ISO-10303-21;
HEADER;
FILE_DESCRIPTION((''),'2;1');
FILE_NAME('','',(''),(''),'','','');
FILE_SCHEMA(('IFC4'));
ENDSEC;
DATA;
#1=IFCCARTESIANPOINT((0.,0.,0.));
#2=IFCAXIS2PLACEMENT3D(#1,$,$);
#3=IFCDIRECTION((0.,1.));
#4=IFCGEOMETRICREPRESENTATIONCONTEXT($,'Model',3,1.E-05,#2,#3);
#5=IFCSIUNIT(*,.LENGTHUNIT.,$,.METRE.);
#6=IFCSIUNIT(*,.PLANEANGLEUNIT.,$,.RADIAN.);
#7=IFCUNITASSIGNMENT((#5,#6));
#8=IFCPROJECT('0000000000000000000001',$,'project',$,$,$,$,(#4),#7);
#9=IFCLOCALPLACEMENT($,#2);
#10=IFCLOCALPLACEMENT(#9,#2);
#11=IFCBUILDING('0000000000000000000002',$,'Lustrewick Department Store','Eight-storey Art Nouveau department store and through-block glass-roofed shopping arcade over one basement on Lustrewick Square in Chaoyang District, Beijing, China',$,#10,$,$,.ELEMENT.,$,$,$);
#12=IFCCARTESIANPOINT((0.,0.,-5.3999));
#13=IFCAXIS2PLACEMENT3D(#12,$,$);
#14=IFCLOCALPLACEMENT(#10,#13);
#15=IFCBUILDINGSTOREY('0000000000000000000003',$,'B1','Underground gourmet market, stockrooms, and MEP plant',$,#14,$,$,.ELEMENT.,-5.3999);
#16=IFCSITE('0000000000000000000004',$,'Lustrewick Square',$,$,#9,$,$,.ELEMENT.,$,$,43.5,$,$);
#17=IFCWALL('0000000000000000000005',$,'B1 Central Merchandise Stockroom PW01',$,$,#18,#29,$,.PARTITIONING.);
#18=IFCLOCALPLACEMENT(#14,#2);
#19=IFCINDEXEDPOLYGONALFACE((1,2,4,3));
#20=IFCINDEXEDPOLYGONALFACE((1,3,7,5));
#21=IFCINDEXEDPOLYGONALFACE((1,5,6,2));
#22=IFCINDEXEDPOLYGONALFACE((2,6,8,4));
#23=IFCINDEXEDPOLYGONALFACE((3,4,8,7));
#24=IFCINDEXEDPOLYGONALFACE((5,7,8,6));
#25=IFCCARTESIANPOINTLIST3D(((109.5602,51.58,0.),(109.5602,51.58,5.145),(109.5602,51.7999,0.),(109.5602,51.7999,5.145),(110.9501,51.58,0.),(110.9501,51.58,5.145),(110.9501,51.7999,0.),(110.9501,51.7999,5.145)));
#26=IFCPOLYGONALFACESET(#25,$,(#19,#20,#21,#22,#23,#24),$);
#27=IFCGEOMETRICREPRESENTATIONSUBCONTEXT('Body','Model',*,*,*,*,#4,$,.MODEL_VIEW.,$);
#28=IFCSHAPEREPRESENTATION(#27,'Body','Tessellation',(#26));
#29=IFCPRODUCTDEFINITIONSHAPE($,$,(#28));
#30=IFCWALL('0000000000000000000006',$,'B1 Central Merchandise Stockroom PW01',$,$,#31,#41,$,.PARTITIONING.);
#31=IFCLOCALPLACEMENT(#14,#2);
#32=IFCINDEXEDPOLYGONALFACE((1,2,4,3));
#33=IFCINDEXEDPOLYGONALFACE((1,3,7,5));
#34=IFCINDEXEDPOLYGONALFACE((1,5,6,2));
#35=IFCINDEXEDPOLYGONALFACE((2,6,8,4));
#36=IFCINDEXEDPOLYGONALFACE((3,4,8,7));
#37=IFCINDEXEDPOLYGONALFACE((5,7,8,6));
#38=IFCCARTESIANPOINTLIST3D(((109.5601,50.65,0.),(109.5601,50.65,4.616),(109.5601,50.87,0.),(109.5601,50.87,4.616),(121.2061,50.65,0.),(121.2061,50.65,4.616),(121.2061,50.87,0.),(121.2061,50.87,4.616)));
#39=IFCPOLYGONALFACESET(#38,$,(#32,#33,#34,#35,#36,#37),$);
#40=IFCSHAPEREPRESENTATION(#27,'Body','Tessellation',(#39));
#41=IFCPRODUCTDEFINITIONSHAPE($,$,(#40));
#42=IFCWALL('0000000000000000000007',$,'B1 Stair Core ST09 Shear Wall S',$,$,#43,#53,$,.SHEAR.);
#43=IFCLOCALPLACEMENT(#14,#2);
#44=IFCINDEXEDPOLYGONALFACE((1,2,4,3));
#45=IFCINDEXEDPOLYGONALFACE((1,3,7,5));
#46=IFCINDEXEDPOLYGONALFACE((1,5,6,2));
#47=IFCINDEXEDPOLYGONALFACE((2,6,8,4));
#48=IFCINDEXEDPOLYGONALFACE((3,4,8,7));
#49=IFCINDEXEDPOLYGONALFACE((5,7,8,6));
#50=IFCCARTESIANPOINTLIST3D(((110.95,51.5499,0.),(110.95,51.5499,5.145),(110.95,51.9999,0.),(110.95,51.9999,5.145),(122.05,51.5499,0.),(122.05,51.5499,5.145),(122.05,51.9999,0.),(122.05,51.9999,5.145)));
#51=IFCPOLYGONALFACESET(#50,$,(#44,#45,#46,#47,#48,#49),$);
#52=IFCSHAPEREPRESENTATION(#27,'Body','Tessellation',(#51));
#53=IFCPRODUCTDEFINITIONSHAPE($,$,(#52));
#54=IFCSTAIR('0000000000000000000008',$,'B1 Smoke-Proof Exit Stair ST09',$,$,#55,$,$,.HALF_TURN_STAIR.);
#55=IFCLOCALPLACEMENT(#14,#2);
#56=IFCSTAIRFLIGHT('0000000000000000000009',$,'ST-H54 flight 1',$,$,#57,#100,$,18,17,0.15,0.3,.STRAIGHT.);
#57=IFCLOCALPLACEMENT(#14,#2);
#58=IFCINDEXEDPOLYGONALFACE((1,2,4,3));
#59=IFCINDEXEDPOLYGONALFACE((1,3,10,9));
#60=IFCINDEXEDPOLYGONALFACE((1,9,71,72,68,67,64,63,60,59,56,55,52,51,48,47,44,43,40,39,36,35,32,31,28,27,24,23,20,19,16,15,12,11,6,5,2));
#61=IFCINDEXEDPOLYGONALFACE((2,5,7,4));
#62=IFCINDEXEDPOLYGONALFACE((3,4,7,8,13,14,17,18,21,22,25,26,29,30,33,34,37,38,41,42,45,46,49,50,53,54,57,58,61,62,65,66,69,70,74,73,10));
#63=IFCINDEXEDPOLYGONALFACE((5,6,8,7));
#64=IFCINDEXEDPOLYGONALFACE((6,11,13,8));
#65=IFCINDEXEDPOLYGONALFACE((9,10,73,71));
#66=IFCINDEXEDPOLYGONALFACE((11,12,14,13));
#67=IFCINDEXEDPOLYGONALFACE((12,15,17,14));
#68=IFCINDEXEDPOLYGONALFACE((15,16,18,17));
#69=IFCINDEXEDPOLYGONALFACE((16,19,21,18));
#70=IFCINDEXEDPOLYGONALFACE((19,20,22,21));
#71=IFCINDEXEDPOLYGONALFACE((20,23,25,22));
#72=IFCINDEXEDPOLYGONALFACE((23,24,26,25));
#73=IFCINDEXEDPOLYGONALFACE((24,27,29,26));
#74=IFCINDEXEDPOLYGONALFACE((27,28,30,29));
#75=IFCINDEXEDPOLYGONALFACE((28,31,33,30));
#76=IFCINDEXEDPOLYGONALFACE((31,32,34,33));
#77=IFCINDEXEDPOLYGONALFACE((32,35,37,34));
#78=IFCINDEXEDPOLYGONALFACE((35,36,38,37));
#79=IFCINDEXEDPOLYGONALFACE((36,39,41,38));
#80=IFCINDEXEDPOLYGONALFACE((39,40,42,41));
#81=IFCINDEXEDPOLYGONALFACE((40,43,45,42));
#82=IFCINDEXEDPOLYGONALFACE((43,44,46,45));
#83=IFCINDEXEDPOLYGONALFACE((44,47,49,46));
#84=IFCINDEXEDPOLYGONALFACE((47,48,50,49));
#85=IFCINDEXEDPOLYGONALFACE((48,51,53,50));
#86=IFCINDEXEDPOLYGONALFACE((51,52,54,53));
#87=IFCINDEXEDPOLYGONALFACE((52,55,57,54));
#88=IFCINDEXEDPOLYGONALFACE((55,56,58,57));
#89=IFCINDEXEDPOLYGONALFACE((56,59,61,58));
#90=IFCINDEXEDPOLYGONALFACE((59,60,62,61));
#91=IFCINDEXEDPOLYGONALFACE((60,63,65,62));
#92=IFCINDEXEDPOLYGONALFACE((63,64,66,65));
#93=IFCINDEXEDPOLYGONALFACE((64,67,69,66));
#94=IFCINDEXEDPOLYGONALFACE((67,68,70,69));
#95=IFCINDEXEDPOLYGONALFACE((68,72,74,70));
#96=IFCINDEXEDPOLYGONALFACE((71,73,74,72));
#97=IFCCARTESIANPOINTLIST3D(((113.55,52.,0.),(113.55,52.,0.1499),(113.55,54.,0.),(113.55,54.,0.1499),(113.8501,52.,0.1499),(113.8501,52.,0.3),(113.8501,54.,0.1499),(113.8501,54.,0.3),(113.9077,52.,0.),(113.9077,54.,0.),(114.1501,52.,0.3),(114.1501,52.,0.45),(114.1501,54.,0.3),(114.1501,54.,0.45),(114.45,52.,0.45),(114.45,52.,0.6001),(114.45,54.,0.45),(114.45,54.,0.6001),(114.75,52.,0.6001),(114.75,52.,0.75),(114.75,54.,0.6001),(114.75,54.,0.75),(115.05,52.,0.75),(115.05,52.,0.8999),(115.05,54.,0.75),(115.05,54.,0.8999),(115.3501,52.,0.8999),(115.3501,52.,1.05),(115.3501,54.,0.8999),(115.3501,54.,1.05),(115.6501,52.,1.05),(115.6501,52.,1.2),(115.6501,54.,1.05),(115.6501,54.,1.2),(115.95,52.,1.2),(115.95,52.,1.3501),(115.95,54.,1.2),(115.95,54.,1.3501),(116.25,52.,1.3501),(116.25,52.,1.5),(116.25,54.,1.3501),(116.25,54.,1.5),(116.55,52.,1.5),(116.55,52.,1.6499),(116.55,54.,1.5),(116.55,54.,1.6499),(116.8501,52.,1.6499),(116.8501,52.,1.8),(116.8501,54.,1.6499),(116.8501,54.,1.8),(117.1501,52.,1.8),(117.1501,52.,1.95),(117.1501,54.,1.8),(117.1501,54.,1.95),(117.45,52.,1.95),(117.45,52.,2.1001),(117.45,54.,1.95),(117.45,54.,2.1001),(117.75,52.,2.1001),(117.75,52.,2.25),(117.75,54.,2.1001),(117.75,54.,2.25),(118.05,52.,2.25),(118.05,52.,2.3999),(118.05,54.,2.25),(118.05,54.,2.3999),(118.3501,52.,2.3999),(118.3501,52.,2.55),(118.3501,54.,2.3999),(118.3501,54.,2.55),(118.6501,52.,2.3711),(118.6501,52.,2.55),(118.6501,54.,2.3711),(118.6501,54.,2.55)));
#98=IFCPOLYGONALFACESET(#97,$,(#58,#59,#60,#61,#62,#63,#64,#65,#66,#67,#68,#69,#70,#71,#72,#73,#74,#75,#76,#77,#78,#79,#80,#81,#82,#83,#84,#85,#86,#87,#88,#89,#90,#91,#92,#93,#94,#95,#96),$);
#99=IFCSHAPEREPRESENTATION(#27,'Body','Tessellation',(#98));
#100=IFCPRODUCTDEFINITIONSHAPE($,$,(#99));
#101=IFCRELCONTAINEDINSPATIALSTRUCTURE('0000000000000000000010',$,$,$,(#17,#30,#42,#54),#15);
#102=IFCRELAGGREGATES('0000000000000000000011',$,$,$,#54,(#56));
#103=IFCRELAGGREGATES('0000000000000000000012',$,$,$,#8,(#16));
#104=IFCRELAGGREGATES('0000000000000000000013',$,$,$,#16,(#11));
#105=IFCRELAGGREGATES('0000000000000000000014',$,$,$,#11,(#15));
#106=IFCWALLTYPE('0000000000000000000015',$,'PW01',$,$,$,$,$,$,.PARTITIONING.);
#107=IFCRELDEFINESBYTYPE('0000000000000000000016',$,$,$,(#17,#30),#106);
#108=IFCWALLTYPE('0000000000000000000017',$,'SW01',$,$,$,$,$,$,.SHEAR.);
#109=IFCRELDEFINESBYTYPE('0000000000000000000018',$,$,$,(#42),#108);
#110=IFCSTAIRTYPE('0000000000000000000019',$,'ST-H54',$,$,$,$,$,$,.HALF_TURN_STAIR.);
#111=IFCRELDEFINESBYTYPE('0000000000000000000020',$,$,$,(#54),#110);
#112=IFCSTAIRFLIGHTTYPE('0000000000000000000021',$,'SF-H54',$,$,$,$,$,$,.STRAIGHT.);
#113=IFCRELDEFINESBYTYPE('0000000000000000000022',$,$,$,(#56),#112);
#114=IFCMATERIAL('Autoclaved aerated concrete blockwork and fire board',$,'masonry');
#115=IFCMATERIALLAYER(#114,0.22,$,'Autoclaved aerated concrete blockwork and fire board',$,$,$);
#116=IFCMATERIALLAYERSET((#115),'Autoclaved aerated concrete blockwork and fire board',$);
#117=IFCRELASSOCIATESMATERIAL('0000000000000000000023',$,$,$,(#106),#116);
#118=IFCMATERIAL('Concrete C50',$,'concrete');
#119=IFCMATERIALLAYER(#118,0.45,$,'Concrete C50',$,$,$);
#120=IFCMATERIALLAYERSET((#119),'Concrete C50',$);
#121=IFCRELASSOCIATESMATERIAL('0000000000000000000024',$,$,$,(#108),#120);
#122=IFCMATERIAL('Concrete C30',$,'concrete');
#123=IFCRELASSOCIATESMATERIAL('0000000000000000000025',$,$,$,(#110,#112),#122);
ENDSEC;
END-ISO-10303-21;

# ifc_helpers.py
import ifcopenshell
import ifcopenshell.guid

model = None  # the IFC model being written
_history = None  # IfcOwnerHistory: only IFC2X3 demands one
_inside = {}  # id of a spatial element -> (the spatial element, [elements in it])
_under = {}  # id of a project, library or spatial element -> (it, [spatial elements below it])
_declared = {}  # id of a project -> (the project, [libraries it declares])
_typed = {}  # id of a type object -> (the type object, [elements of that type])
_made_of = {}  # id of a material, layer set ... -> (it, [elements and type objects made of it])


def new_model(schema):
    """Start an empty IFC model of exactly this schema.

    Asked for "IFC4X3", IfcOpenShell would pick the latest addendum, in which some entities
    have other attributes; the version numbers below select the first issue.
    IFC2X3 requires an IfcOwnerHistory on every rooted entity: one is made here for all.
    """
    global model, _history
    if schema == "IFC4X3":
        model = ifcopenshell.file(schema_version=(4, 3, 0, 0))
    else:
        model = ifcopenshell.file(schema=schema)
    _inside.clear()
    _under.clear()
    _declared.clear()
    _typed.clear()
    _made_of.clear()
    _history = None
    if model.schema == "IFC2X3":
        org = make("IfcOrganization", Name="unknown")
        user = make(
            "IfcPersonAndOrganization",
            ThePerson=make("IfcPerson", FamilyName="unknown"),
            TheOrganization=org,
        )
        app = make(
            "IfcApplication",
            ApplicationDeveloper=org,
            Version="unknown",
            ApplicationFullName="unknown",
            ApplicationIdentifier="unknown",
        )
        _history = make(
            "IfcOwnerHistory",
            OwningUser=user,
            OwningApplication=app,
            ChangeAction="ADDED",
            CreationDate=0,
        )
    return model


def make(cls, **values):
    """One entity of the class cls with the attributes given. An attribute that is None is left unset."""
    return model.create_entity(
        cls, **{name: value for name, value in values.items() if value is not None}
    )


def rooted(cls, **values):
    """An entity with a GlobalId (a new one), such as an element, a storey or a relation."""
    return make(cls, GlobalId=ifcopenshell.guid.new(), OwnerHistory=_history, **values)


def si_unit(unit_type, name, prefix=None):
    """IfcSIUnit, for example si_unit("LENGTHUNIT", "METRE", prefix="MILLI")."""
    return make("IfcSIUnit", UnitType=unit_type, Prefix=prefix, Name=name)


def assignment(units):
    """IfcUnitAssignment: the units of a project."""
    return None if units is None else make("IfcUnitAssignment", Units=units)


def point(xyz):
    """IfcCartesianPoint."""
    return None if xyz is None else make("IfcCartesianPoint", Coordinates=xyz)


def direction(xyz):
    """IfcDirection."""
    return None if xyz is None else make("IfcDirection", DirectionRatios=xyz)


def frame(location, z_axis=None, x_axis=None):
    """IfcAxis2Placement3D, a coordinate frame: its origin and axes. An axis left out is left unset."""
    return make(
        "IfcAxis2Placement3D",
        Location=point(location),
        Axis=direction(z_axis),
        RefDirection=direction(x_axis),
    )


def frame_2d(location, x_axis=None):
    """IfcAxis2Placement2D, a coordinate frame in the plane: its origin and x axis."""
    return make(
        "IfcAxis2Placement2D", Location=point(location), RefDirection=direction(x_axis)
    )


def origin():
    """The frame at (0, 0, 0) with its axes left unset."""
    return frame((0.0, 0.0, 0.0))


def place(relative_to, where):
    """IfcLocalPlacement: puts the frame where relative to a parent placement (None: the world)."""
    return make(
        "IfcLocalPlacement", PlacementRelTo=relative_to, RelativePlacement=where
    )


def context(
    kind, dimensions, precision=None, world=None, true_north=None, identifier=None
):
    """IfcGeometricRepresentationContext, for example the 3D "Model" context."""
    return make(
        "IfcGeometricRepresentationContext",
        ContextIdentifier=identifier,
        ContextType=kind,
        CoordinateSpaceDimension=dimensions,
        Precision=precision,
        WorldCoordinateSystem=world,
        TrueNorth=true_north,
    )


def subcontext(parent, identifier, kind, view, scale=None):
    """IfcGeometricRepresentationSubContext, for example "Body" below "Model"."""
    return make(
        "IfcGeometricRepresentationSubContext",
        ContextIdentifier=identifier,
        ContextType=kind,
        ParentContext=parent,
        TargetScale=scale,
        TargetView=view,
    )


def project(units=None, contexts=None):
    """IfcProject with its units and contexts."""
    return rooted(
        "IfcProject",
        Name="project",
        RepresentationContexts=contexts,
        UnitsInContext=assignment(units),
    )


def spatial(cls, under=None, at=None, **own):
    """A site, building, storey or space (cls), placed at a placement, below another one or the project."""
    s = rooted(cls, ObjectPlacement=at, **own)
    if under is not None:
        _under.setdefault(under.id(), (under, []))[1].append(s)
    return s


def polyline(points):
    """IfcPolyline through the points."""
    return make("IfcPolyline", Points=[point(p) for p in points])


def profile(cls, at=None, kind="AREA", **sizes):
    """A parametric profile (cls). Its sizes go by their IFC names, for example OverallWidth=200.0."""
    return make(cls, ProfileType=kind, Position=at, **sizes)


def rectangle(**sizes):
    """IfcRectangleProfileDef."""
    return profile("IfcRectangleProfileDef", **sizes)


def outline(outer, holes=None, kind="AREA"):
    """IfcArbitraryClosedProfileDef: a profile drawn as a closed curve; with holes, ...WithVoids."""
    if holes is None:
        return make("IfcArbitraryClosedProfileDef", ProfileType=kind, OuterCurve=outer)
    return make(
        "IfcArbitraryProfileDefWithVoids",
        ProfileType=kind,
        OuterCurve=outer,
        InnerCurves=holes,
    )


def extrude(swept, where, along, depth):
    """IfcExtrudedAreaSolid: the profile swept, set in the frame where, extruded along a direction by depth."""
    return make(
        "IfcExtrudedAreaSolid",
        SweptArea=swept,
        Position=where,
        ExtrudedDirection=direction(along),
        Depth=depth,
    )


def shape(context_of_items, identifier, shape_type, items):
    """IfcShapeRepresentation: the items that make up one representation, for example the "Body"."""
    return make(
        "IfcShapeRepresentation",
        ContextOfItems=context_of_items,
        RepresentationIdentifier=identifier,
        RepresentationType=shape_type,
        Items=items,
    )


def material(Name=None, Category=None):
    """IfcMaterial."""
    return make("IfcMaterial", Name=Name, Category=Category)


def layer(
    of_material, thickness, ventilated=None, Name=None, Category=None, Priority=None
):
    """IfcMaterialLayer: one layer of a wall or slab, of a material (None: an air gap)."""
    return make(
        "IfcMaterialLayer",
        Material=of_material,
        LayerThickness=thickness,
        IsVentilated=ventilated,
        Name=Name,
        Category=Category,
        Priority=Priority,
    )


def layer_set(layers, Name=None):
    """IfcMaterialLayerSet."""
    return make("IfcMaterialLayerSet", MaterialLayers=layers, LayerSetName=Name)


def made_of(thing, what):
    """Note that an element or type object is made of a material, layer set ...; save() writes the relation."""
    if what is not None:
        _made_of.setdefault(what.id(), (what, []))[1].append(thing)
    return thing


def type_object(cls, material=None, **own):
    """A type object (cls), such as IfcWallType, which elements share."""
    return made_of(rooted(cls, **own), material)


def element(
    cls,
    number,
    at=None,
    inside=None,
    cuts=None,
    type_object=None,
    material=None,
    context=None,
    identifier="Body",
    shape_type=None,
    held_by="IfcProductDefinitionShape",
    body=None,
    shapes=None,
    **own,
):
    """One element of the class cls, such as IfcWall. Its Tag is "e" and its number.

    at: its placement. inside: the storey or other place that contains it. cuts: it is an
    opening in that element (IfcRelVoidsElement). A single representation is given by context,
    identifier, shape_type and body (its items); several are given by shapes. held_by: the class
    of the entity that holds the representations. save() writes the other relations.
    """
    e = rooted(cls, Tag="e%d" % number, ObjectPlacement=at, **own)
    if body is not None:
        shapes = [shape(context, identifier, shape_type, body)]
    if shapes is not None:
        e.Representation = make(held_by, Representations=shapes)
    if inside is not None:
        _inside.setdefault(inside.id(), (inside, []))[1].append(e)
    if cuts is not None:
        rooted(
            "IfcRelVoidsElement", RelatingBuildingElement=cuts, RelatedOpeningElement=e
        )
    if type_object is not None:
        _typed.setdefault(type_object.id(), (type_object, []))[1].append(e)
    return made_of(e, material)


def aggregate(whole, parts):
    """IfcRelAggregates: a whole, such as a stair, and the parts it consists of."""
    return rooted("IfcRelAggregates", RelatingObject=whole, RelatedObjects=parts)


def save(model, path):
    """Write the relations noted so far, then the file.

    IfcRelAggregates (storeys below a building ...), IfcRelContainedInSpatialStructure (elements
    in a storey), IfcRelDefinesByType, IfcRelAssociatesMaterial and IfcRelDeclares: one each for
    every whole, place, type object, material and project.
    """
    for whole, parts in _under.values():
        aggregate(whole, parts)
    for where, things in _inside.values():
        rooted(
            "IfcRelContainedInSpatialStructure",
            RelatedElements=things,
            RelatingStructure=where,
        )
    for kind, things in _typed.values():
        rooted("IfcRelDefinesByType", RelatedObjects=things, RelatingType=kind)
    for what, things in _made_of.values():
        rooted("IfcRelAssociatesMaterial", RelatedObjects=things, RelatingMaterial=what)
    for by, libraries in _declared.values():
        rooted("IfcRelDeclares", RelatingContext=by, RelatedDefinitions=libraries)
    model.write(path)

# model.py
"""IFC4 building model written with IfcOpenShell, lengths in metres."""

from ifc_helpers import new_model, si_unit, direction, frame, frame_2d, origin, place, context, subcontext, project, spatial, polyline, rectangle, outline, extrude, material, layer, layer_set, type_object, element, aggregate, save


model = new_model("IFC4")

# Units and contexts
model_context = context("Model", 3, precision=1e-05, world=origin(), true_north=direction((0.0, 1.0)))
body_context = subcontext(model_context, "Body", "Model", "MODEL_VIEW")
ifc_project = project(units=[si_unit("LENGTHUNIT", "METRE"), si_unit("PLANEANGLEUNIT", "RADIAN")], contexts=[model_context])

# Site, building, storey
site_placement = place(None, origin())
site = spatial("IfcSite", under=ifc_project, at=site_placement, Name="Lustrewick Square", CompositionType="ELEMENT", RefElevation=43.5)
building_placement = place(site_placement, origin())
building = spatial("IfcBuilding", under=site, at=building_placement, Name="Lustrewick Department Store", Description="Eight-storey Art Nouveau department store and through-block glass-roofed shopping arcade over one basement on Lustrewick Square in Chaoyang District, Beijing, China", CompositionType="ELEMENT")
storey_placement = place(building_placement, frame((0.0, 0.0, -5.3999)))
storey = spatial("IfcBuildingStorey", under=building, at=storey_placement, Name="B1", Description="Underground gourmet market, stockrooms, and MEP plant", CompositionType="ELEMENT", Elevation=-5.3999)

# Walls
ifc_material_1 = material(Name="Autoclaved aerated concrete blockwork and fire board", Category="masonry")
ifc_layer_1 = layer(ifc_material_1, 0.22, Name="Autoclaved aerated concrete blockwork and fire board")
ifc_layer_set_1 = layer_set([ifc_layer_1], Name="Autoclaved aerated concrete blockwork and fire board")
wall_type_1 = type_object("IfcWallType", Name="PW01", PredefinedType="PARTITIONING", material=ifc_layer_set_1)
wall_1_placement = place(storey_placement, frame((110.95, 51.6899, 0.0), z_axis=(0.0, 0.0, 1.0), x_axis=(-1.0, 0.0, 0.0)))
element("IfcWall", 1, at=wall_1_placement, inside=storey, type_object=wall_type_1, Name="B1 Central Merchandise Stockroom PW01", PredefinedType="PARTITIONING", context=body_context, shape_type="SweptSolid", body=[
    extrude(rectangle(XDim=1.3899, YDim=0.22, at=frame_2d((0.6948, 0.0))), origin(), (0.0, 0.0, 1.0), 5.145),
])
wall_2_placement = place(storey_placement, frame((109.5601, 50.76, 0.0), z_axis=(0.0, 0.0, 1.0), x_axis=(1.0, 0.0, 0.0)))
element("IfcWall", 2, at=wall_2_placement, inside=storey, type_object=wall_type_1, Name="B1 Central Merchandise Stockroom PW01", PredefinedType="PARTITIONING", context=body_context, shape_type="SweptSolid", body=[
    extrude(rectangle(XDim=11.646, YDim=0.22, at=frame_2d((5.823, 0.0))), origin(), (0.0, 0.0, 1.0), 4.616),
])
ifc_material_2 = material(Name="Concrete C50", Category="concrete")
ifc_layer_2 = layer(ifc_material_2, 0.45, Name="Concrete C50")
ifc_layer_set_2 = layer_set([ifc_layer_2], Name="Concrete C50")
wall_type_2 = type_object("IfcWallType", Name="SW01", PredefinedType="SHEAR", material=ifc_layer_set_2)
wall_3_placement = place(storey_placement, frame((110.95, 51.7749, 0.0), z_axis=(0.0, 0.0, 1.0), x_axis=(1.0, 0.0, 0.0)))
element("IfcWall", 3, at=wall_3_placement, inside=storey, type_object=wall_type_2, Name="B1 Stair Core ST09 Shear Wall S", PredefinedType="SHEAR", context=body_context, shape_type="SweptSolid", body=[
    extrude(rectangle(XDim=11.1001, YDim=0.45, at=frame_2d((5.55, 0.0))), origin(), (0.0, 0.0, 1.0), 5.145),
])

# Stair, stair flight
ifc_material_3 = material(Name="Concrete C30", Category="concrete")
stair_type = type_object("IfcStairType", Name="ST-H54", PredefinedType="HALF_TURN_STAIR", material=ifc_material_3)
stair_placement = place(storey_placement, origin())
stair = element("IfcStair", 4, at=stair_placement, inside=storey, type_object=stair_type, Name="B1 Smoke-Proof Exit Stair ST09", PredefinedType="HALF_TURN_STAIR")
stair_flight_type = type_object("IfcStairFlightType", Name="SF-H54", PredefinedType="STRAIGHT", material=ifc_material_3)
stair_flight_placement = place(storey_placement, frame((113.55, 53.0, 0.0), z_axis=(0.0, 0.0, 1.0), x_axis=(1.0, 0.0, 0.0)))
stair_flight = element("IfcStairFlight", 5, at=stair_flight_placement, type_object=stair_flight_type, Name="ST-H54 flight 1", NumberOfRisers=18, NumberOfTreads=17, PredefinedType="STRAIGHT", RiserHeight=0.15, TreadLength=0.3, context=body_context, shape_type="SweptSolid", body=[
    extrude(outline(polyline([(0.0, 0.0), (0.0, 0.1499), (0.3, 0.1499), (0.3, 0.3), (0.6001, 0.3), (0.6001, 0.45), (0.8999, 0.45), (0.8999, 0.6001), (1.2, 0.6001), (1.2, 0.75), (1.5, 0.75), (1.5, 0.8999), (1.8, 0.8999), (1.8, 1.05), (2.1001, 1.05), (2.1001, 1.2), (2.3999, 1.2), (2.3999, 1.3501), (2.7, 1.3501), (2.7, 1.5), (3.0, 1.5), (3.0, 1.6499), (3.3, 1.6499), (3.3, 1.8), (3.6001, 1.8), (3.6001, 1.95), (3.8999, 1.95), (3.8999, 2.1001), (4.2, 2.1001), (4.2, 2.25), (4.5, 2.25), (4.5, 2.3999), (4.8, 2.3999), (4.8, 2.55), (5.1001, 2.55), (5.1001, 2.7), (5.1001, 2.3711), (0.3577, 0.0), (0.0, 0.0)])), frame((0.0, 1.0, 0.0), z_axis=(0.0, -1.0, 0.0), x_axis=(1.0, 0.0, 0.0)), (0.0, 0.0, 1.0), 2.0),
])
aggregate(stair, [stair_flight])

save(model, "model.ifc")
